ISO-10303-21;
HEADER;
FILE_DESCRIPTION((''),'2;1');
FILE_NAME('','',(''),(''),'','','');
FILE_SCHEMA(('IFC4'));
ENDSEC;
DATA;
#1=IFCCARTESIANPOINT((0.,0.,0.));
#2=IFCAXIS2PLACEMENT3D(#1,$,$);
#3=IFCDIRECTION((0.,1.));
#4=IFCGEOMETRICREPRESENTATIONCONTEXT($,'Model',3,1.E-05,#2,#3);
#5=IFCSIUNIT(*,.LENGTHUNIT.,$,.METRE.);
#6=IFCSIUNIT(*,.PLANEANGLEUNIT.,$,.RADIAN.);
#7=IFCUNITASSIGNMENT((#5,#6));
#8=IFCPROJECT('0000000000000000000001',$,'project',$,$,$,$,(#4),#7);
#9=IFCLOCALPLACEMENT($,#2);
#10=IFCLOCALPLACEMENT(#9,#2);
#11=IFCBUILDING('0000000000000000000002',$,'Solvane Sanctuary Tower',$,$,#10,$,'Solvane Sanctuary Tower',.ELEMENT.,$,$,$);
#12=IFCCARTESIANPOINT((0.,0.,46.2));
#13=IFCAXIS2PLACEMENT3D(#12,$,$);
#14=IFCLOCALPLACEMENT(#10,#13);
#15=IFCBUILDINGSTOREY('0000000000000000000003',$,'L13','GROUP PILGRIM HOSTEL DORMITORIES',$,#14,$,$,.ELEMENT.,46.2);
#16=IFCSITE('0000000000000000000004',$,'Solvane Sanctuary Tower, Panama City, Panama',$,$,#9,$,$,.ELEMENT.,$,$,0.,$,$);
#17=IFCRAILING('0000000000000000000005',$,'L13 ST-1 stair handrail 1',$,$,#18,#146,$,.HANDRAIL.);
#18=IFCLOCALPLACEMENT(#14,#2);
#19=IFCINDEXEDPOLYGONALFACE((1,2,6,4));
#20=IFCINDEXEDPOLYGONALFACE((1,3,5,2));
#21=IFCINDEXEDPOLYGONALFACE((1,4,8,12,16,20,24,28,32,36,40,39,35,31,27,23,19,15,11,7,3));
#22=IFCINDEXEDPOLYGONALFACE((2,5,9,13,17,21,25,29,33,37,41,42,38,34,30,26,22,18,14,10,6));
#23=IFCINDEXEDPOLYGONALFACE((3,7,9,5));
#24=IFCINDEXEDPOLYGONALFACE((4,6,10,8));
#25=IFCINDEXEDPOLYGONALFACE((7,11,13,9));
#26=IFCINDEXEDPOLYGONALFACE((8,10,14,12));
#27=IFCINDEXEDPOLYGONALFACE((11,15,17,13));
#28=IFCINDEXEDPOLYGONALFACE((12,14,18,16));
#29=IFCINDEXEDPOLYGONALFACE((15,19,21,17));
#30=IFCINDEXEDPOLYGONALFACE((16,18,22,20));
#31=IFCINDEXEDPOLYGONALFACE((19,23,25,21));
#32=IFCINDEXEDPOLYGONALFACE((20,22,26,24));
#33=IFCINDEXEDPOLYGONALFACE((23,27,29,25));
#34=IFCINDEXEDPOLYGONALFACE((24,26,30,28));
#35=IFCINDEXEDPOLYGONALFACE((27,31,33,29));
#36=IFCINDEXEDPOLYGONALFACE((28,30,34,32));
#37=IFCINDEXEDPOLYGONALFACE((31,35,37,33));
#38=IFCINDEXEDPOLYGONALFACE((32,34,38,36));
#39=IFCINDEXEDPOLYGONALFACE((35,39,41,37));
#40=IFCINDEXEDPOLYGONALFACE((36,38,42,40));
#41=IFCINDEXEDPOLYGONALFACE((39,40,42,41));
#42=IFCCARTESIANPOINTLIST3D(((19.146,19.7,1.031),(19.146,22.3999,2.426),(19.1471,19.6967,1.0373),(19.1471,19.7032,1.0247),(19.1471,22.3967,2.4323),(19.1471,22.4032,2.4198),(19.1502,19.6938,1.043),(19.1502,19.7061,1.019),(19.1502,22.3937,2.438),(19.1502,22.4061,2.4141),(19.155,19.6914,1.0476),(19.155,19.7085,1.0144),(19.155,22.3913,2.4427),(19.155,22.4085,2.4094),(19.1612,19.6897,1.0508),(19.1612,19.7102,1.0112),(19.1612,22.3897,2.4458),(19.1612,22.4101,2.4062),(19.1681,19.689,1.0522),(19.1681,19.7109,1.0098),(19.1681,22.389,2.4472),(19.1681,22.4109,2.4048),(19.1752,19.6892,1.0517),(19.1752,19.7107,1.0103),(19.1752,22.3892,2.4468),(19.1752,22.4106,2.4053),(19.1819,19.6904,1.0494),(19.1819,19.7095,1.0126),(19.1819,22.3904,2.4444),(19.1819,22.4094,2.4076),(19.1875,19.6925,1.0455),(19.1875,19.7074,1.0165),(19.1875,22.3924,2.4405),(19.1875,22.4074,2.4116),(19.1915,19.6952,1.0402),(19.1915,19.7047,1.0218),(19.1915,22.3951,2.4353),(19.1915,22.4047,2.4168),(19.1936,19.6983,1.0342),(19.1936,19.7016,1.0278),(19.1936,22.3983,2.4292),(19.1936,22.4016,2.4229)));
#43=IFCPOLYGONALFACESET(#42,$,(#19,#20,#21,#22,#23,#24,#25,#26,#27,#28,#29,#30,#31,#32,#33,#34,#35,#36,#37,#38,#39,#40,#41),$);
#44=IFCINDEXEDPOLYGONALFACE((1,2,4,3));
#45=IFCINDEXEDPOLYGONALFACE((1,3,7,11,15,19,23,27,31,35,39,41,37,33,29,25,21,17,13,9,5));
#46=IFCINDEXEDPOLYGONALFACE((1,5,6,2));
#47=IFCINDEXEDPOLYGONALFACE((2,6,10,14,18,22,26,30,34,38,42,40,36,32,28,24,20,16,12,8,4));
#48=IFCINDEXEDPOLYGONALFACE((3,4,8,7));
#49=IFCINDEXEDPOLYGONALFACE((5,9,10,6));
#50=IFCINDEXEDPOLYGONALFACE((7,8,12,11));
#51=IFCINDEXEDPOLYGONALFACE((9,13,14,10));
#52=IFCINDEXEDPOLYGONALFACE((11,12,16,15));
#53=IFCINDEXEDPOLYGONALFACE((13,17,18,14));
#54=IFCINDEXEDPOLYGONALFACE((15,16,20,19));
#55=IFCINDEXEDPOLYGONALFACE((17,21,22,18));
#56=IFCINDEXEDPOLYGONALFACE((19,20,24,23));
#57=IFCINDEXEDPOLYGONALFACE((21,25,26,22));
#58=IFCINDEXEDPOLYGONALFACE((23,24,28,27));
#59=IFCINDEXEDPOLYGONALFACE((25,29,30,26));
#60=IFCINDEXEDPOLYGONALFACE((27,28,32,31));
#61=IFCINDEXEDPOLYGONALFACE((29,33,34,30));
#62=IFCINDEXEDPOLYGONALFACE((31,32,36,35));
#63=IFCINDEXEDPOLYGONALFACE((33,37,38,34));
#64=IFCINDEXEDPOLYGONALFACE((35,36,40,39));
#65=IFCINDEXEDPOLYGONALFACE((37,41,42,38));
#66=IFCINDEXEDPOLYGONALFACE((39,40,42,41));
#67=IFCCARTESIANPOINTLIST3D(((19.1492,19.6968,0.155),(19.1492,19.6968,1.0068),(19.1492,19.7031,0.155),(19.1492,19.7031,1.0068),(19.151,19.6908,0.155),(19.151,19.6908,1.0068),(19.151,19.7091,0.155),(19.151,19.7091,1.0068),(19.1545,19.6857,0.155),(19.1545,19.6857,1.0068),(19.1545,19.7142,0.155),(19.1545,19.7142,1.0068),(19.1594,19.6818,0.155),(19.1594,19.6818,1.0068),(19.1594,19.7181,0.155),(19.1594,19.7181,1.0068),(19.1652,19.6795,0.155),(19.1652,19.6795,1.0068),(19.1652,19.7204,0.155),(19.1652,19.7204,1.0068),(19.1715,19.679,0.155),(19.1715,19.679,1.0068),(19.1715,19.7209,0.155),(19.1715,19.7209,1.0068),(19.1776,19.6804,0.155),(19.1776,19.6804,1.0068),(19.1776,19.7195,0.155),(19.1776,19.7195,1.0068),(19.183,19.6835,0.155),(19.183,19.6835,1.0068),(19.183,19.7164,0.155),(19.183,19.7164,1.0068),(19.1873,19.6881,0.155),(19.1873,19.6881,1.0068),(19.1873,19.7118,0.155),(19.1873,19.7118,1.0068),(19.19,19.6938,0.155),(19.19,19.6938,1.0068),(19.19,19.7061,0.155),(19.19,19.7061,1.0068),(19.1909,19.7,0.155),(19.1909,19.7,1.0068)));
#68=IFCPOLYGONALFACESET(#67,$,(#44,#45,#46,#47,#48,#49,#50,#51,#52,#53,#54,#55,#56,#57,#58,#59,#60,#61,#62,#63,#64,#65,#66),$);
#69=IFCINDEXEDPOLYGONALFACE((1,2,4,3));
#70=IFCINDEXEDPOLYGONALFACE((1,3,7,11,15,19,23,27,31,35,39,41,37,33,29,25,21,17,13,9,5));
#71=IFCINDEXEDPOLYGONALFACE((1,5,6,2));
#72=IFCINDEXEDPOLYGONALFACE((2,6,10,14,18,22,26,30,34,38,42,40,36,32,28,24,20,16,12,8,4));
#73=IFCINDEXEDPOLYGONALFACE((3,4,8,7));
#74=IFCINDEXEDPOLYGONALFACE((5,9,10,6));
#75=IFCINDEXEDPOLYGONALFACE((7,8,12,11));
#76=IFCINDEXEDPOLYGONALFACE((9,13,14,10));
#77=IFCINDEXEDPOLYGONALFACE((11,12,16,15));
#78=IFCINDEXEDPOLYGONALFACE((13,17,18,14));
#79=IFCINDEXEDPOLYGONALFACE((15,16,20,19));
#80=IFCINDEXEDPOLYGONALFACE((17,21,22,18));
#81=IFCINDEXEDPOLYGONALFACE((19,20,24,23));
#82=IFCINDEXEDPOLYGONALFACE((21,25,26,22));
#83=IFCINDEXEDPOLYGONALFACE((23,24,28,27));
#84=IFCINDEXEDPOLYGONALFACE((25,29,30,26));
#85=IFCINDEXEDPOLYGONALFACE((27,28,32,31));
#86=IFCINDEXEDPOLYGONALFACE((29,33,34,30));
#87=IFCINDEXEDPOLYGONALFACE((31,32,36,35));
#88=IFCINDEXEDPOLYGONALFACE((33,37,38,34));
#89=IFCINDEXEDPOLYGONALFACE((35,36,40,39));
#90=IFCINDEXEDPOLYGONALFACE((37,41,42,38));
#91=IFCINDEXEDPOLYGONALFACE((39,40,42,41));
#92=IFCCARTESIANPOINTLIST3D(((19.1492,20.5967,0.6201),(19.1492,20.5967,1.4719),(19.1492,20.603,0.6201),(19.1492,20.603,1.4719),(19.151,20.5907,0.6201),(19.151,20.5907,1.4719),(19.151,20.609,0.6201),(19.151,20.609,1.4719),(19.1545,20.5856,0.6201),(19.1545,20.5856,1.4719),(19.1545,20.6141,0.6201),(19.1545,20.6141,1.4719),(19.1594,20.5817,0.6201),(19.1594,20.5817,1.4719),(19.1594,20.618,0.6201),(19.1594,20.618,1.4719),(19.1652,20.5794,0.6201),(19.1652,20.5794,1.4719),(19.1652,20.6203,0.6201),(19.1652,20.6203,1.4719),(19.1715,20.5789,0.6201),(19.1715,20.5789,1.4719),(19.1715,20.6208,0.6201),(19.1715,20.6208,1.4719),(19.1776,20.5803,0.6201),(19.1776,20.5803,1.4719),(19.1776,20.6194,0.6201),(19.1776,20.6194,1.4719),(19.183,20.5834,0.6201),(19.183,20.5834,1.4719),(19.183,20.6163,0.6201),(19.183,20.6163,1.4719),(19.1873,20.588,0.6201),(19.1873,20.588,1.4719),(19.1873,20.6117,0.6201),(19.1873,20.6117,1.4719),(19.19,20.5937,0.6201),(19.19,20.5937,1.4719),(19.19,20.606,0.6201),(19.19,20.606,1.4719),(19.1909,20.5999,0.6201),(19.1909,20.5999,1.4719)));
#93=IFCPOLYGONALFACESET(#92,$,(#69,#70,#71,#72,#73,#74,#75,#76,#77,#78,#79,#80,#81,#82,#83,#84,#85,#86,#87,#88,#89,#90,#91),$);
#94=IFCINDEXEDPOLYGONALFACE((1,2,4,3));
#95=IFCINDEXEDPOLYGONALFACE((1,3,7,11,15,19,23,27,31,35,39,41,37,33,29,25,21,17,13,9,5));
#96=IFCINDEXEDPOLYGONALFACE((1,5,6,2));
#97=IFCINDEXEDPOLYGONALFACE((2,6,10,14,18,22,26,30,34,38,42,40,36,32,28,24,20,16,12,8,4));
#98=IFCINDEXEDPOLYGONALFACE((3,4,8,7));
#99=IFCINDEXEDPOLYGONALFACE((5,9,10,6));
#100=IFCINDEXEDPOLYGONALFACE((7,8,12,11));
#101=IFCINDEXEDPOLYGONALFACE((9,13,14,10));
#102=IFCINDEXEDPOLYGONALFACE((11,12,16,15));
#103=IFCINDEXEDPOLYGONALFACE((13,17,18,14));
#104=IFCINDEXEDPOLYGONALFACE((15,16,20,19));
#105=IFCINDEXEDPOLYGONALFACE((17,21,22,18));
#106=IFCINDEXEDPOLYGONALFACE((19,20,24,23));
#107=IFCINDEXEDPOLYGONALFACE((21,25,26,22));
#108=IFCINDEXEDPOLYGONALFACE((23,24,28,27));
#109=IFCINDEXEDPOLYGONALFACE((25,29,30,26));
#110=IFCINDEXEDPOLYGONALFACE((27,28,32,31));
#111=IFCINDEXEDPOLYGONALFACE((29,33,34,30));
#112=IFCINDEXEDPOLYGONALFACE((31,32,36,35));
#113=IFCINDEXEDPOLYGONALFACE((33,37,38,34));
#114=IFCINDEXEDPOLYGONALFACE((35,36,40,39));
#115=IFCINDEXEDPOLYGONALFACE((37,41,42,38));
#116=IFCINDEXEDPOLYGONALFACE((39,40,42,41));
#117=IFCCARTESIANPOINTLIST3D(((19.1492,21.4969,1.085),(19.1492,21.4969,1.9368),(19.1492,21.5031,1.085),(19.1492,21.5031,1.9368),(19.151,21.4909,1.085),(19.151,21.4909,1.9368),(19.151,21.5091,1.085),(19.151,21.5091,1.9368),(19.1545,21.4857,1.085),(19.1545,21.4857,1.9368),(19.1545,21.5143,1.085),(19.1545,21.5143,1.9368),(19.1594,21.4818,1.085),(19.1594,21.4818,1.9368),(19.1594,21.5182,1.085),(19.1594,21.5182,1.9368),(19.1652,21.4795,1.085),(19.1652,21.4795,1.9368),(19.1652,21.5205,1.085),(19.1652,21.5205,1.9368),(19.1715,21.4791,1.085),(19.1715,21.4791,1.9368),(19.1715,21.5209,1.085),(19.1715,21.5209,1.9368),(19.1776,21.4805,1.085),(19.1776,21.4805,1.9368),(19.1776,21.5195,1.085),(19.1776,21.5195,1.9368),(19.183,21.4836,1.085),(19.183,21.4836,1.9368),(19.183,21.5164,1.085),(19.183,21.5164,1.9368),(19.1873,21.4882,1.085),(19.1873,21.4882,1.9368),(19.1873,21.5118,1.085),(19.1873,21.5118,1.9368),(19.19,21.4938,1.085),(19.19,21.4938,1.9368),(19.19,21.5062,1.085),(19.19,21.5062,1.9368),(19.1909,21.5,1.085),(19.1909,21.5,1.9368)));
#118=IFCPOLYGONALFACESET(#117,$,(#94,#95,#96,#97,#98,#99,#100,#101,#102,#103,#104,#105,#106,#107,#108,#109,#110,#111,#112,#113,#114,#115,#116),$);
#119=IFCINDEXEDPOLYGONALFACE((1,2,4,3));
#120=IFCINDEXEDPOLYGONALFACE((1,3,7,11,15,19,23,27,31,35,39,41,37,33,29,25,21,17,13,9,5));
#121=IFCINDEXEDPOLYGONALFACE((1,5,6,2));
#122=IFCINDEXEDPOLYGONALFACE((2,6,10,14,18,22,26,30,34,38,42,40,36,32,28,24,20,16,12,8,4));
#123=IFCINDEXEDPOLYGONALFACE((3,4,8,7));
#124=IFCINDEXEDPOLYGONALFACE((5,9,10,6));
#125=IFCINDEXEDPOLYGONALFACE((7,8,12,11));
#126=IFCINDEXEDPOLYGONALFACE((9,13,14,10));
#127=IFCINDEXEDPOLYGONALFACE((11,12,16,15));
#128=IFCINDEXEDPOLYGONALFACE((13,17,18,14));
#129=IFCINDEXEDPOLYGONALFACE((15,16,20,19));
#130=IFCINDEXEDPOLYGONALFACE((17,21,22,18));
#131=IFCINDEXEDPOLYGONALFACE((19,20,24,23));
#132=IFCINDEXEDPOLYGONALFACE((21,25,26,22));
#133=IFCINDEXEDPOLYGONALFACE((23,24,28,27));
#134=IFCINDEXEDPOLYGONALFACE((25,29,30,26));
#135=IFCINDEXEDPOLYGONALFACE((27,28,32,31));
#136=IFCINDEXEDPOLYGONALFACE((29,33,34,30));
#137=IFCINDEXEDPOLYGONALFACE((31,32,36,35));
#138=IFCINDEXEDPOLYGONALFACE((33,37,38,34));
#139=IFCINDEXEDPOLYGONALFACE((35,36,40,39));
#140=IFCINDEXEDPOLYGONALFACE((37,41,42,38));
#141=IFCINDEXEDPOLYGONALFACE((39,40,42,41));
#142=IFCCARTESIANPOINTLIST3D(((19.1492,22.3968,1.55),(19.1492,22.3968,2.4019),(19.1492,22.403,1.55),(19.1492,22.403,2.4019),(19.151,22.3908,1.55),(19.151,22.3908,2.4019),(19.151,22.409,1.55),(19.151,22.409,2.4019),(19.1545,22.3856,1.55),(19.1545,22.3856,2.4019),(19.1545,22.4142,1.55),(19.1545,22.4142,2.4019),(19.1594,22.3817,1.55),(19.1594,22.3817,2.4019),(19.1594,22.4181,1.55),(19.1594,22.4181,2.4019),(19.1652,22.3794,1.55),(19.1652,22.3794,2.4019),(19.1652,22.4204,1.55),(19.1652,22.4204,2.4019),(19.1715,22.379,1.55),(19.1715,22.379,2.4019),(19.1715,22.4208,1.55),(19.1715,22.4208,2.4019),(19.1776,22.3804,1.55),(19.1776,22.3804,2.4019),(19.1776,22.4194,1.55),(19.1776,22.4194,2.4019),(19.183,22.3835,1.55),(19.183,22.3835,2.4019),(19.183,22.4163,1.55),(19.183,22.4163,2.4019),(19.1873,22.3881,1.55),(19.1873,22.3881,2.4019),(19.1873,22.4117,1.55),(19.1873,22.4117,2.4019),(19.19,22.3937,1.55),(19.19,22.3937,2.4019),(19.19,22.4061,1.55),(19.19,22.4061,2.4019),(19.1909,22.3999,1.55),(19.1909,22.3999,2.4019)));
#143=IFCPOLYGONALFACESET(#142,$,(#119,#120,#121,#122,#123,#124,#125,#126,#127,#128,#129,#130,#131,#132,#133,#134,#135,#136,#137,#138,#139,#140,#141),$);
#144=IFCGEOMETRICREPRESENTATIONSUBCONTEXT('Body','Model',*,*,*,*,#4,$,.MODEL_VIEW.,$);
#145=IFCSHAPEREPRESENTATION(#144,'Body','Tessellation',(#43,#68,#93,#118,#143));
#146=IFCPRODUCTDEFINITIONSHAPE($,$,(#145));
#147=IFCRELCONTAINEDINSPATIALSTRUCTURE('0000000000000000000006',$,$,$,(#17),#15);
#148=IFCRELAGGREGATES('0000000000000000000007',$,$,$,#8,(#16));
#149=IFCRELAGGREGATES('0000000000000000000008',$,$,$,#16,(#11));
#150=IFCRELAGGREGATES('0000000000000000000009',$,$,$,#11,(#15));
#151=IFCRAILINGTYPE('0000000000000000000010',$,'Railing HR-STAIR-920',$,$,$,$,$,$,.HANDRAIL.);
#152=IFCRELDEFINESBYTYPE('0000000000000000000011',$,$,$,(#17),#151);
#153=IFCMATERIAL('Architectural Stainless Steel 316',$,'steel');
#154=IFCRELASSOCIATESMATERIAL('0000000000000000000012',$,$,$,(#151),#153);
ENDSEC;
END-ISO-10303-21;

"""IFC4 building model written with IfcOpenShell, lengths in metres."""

from ifc_helpers import new_model, si_unit, direction, frame, origin, origin_2d, place, context, subcontext, project, spatial, circle, extrude, material, type_object, element, save


model = new_model("IFC4")

# Units and contexts
model_context = context("Model", 3, precision=1e-05, world=origin(), true_north=direction((0.0, 1.0)))
body_context = subcontext(model_context, "Body", "Model", "MODEL_VIEW")
ifc_project = project(units=[si_unit("LENGTHUNIT", "METRE"), si_unit("PLANEANGLEUNIT", "RADIAN")], contexts=[model_context])

# Site, building, storey
site_placement = place(None, origin())
site = spatial("IfcSite", under=ifc_project, at=site_placement, Name="Solvane Sanctuary Tower, Panama City, Panama", CompositionType="ELEMENT", RefElevation=0.0)
building_placement = place(site_placement, origin())
building = spatial("IfcBuilding", under=site, at=building_placement, Name="Solvane Sanctuary Tower", LongName="Solvane Sanctuary Tower", CompositionType="ELEMENT")
storey_placement = place(building_placement, frame((0.0, 0.0, 46.2)))
storey = spatial("IfcBuildingStorey", under=building, at=storey_placement, Name="L13", Description="GROUP PILGRIM HOSTEL DORMITORIES", CompositionType="ELEMENT", Elevation=46.2)

# Shared definitions
ifc_material_1 = material(Name="Architectural Stainless Steel 316", Category="steel")

# Railing
railing_type_1 = type_object("IfcRailingType", Name="Railing HR-STAIR-920", PredefinedType="HANDRAIL", material=ifc_material_1)
railing_1_placement = place(storey_placement, frame((19.1699, 19.7, 0.155)))
element("IfcRailing", 1, at=railing_1_placement, inside=storey, type_object=railing_type_1, Name="L13 ST-1 stair handrail 1", PredefinedType="HANDRAIL", context=body_context, shape_type="SweptSolid", body=[
    extrude(circle(Radius=0.0239, at=origin_2d()), frame((0.0, 0.0, 0.876), z_axis=(0.0, 0.88842, 0.459032), x_axis=(-1.0, 0.0, 0.0)), (0.0, 0.0, 1.0), 3.0391),
    extrude(circle(Radius=0.021, at=origin_2d()), origin(), (0.0, 0.0, 1.0), 0.8518),
    extrude(circle(Radius=0.021, at=origin_2d()), frame((0.0, 0.8999, 0.4651)), (0.0, 0.0, 1.0), 0.8518),
    extrude(circle(Radius=0.021, at=origin_2d()), frame((0.0, 1.8, 0.9299)), (0.0, 0.0, 1.0), 0.8518),
    extrude(circle(Radius=0.021, at=origin_2d()), frame((0.0, 2.7, 1.395)), (0.0, 0.0, 1.0), 0.8518),
])

save(model, "model.ifc")
